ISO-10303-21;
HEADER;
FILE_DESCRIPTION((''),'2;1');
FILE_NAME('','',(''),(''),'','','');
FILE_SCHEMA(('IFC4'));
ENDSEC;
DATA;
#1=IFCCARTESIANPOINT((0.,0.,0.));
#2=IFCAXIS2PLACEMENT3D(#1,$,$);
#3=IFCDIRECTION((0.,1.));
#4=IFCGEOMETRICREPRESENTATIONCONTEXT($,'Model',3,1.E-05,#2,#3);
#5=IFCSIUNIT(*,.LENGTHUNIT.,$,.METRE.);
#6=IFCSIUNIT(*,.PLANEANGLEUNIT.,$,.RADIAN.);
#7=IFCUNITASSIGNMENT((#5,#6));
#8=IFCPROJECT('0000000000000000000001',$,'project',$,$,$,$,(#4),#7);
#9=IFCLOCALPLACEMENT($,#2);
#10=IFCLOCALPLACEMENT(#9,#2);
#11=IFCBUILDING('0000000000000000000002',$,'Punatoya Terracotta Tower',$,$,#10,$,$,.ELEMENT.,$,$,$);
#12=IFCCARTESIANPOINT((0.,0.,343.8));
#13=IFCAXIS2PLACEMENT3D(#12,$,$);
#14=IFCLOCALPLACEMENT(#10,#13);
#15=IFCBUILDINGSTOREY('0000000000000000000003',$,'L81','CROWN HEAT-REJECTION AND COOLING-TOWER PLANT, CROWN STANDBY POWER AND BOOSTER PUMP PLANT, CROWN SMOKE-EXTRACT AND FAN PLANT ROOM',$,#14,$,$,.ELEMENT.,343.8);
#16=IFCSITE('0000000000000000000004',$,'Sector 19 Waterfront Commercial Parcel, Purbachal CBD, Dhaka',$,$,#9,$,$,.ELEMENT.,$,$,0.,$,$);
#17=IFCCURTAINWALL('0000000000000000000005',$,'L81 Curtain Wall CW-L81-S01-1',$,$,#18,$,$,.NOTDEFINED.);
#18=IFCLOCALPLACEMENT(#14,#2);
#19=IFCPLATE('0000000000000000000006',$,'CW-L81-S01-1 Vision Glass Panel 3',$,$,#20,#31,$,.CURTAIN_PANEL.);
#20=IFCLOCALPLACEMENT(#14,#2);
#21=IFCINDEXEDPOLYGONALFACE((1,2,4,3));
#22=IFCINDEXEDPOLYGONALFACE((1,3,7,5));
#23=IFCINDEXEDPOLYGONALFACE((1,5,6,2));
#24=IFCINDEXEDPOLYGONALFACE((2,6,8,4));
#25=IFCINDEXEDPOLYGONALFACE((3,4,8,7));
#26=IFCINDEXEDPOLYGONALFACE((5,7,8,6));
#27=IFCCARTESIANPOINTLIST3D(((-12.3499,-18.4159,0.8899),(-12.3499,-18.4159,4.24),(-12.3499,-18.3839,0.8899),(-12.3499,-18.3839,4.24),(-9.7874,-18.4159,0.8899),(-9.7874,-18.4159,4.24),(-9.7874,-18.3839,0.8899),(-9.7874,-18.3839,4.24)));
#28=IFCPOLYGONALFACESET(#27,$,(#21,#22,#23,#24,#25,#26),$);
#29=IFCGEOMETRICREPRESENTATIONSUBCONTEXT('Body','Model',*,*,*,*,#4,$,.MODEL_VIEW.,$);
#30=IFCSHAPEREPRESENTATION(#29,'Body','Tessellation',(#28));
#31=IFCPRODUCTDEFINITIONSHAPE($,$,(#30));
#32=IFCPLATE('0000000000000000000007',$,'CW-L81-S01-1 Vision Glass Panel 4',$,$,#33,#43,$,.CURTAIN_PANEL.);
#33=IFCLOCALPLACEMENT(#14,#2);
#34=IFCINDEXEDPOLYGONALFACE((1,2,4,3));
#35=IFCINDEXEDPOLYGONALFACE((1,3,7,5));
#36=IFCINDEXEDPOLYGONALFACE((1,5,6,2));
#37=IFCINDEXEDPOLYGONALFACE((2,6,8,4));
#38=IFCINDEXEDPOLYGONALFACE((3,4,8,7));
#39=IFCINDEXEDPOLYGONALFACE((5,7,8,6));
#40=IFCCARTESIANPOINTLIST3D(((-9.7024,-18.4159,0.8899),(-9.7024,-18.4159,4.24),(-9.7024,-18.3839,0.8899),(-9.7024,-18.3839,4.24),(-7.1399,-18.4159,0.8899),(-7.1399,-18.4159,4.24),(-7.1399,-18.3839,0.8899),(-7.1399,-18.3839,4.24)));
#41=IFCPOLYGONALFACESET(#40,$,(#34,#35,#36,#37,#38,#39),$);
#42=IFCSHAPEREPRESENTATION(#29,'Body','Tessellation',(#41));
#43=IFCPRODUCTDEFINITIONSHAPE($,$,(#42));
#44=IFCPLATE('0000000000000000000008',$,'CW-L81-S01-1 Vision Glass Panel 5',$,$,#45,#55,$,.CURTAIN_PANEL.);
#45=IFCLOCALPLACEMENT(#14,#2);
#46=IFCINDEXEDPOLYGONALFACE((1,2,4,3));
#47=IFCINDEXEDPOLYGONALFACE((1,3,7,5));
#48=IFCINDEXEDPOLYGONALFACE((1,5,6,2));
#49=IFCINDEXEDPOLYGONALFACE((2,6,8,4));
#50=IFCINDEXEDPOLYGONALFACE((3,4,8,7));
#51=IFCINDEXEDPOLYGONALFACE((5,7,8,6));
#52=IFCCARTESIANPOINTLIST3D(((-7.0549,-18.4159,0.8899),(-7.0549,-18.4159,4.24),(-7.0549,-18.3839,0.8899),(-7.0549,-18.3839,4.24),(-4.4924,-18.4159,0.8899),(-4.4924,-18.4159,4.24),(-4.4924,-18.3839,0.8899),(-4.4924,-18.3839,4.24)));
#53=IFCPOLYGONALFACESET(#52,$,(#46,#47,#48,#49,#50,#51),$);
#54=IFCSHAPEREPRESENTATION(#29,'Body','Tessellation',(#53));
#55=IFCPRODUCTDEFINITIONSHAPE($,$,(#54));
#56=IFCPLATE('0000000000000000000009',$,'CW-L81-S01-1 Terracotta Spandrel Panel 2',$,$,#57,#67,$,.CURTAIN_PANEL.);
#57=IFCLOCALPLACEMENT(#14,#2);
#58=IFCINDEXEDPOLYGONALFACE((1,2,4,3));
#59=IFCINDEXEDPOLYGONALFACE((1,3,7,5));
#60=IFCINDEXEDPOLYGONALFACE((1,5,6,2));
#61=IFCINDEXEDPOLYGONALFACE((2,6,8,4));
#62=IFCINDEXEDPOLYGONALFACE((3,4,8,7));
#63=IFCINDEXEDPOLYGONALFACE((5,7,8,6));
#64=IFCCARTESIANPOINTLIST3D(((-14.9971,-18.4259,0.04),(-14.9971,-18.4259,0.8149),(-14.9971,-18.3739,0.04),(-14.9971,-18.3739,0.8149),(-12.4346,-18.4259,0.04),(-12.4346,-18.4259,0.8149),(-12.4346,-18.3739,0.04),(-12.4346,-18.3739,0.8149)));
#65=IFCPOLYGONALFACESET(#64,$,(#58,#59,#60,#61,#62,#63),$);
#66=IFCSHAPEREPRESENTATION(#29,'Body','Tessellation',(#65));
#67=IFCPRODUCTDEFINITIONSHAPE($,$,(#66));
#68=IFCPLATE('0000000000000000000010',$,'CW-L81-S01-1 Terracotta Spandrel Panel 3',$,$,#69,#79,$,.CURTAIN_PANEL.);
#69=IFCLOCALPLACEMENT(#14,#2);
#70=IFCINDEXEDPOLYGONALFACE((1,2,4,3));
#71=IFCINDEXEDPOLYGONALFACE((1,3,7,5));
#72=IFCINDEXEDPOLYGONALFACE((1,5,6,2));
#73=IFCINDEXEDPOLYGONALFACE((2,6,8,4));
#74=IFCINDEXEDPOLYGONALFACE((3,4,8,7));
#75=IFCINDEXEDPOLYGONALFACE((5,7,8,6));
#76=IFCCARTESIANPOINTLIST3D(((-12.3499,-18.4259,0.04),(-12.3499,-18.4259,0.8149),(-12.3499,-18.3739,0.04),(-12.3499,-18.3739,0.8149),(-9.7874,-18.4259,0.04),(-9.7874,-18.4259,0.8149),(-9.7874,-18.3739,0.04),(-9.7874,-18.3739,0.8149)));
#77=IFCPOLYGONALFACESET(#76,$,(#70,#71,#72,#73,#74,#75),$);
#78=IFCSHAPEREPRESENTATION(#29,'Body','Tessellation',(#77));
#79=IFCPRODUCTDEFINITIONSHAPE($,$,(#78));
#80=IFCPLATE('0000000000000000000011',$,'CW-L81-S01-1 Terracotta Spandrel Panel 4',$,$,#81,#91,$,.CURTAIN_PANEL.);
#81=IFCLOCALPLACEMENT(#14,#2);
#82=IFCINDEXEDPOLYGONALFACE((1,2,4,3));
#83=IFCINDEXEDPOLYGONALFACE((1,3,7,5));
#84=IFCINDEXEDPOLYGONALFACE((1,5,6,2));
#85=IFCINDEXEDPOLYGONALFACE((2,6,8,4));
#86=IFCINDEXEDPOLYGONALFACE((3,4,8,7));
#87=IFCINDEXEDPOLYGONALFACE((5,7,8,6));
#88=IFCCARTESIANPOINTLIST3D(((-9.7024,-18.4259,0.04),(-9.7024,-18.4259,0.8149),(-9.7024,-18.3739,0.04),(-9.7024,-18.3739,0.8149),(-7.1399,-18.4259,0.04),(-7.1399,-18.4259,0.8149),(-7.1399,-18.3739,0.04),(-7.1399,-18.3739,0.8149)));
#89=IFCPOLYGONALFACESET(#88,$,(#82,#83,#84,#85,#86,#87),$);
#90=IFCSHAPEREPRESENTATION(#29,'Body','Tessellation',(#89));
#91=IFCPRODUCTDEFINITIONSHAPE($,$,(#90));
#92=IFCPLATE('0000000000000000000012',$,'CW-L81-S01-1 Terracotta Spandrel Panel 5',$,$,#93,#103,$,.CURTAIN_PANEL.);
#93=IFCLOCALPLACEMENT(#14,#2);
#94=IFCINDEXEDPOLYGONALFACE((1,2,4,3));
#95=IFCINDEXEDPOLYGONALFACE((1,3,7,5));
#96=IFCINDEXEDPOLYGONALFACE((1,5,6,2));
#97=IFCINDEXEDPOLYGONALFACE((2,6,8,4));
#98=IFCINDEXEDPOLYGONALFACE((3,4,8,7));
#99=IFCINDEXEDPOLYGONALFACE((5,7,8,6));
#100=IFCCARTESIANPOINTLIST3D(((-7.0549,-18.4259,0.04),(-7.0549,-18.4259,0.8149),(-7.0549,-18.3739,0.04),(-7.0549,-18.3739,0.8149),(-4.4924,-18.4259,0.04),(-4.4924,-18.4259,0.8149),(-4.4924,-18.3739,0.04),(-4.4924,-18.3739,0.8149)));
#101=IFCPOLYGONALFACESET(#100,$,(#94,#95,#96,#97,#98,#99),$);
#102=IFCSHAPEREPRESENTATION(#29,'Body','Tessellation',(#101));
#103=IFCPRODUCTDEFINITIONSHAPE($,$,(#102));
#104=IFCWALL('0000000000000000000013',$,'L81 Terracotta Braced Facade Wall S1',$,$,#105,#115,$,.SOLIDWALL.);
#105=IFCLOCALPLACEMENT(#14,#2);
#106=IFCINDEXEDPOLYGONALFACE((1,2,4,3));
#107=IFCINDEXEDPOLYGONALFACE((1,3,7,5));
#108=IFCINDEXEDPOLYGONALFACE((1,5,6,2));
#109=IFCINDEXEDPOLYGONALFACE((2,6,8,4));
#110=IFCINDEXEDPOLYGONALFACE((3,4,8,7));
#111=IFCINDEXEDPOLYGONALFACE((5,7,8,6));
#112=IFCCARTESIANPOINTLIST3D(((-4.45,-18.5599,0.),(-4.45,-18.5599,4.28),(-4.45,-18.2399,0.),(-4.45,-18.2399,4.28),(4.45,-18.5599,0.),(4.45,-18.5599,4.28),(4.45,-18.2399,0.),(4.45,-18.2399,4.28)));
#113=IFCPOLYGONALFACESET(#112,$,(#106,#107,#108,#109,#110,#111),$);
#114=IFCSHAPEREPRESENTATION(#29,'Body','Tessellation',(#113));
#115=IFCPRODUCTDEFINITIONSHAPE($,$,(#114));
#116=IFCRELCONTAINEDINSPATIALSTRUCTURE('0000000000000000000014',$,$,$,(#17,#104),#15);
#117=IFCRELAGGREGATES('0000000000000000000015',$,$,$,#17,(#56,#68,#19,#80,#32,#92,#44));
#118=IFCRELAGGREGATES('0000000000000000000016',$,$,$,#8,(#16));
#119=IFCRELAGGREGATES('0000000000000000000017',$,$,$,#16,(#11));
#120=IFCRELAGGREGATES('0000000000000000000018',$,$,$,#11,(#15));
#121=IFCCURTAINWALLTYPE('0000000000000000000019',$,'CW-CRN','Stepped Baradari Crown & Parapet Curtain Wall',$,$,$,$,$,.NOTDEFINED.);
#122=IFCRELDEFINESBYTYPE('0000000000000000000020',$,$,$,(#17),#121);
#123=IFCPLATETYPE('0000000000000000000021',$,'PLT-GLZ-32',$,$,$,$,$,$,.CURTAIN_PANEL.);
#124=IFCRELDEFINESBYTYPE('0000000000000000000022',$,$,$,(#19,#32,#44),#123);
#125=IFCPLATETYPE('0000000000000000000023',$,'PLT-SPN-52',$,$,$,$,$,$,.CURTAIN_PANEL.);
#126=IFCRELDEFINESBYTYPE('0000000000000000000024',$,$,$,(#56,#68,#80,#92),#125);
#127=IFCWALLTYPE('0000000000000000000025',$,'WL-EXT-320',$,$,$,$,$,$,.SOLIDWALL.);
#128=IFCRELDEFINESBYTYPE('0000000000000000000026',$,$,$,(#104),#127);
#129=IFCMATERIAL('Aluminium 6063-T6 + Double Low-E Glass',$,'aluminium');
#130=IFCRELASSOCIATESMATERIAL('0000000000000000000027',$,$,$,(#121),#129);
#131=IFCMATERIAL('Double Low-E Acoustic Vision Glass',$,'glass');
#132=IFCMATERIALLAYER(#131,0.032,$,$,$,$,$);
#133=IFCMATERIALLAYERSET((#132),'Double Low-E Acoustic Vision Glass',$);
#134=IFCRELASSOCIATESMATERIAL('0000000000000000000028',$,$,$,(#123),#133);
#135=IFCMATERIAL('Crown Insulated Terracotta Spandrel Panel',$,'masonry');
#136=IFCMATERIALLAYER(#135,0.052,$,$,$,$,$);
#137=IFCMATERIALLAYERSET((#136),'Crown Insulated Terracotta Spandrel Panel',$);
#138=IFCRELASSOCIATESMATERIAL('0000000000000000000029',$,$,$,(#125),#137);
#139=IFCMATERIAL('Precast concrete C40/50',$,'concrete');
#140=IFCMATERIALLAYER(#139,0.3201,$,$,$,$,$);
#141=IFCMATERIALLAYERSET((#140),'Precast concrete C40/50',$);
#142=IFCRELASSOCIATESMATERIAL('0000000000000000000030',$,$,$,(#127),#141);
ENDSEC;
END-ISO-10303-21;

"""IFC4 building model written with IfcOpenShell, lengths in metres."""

from ifc_helpers import new_model, si_unit, direction, frame, frame_2d, origin, origin_2d, place, context, subcontext, project, spatial, rectangle, extrude, material, layer, layer_set, type_object, element, aggregate, save


model = new_model("IFC4")

# Units and contexts
model_context = context("Model", 3, precision=1e-05, world=origin(), true_north=direction((0.0, 1.0)))
body_context = subcontext(model_context, "Body", "Model", "MODEL_VIEW")
ifc_project = project(units=[si_unit("LENGTHUNIT", "METRE"), si_unit("PLANEANGLEUNIT", "RADIAN")], contexts=[model_context])

# Site, building, storey
site_placement = place(None, origin())
site = spatial("IfcSite", under=ifc_project, at=site_placement, Name="Sector 19 Waterfront Commercial Parcel, Purbachal CBD, Dhaka", CompositionType="ELEMENT", RefElevation=0.0)
building_placement = place(site_placement, origin())
building = spatial("IfcBuilding", under=site, at=building_placement, Name="Punatoya Terracotta Tower", CompositionType="ELEMENT")
storey_placement = place(building_placement, frame((0.0, 0.0, 343.8)))
storey = spatial("IfcBuildingStorey", under=building, at=storey_placement, Name="L81", Description="CROWN HEAT-REJECTION AND COOLING-TOWER PLANT, CROWN STANDBY POWER AND BOOSTER PUMP PLANT, CROWN SMOKE-EXTRACT AND FAN PLANT ROOM", CompositionType="ELEMENT", Elevation=343.8)

# Curtain wall
ifc_material_1 = material(Name="Aluminium 6063-T6 + Double Low-E Glass", Category="aluminium")
curtain_wall_type = type_object("IfcCurtainWallType", Name="CW-CRN", Description="Stepped Baradari Crown & Parapet Curtain Wall", PredefinedType="NOTDEFINED", material=ifc_material_1)
curtain_wall_placement = place(storey_placement, origin())
curtain_wall = element("IfcCurtainWall", 1, at=curtain_wall_placement, inside=storey, type_object=curtain_wall_type, Name="L81 Curtain Wall CW-L81-S01-1", PredefinedType="NOTDEFINED")

# Plates
ifc_material_2 = material(Name="Double Low-E Acoustic Vision Glass", Category="glass")
ifc_layer_1 = layer(ifc_material_2, 0.032)
ifc_layer_set_1 = layer_set([ifc_layer_1], Name="Double Low-E Acoustic Vision Glass")
plate_type_1 = type_object("IfcPlateType", Name="PLT-GLZ-32", PredefinedType="CURTAIN_PANEL", material=ifc_layer_set_1)
plate_1_placement = place(storey_placement, frame((-11.0686, -18.3999, 0.8899), z_axis=(0.0, 0.0, 1.0), x_axis=(1.0, 0.0, 0.0)))
plate_1 = element("IfcPlate", 2, at=plate_1_placement, type_object=plate_type_1, Name="CW-L81-S01-1 Vision Glass Panel 3", PredefinedType="CURTAIN_PANEL", context=body_context, shape_type="SweptSolid", body=[
    extrude(rectangle(XDim=2.5625, YDim=0.032, at=origin_2d()), origin(), (0.0, 0.0, 1.0), 3.3501),
])
plate_2_placement = place(storey_placement, frame((-8.4211, -18.3999, 0.8899), z_axis=(0.0, 0.0, 1.0), x_axis=(1.0, 0.0, 0.0)))
plate_2 = element("IfcPlate", 3, at=plate_2_placement, type_object=plate_type_1, Name="CW-L81-S01-1 Vision Glass Panel 4", PredefinedType="CURTAIN_PANEL", context=body_context, shape_type="SweptSolid", body=[
    extrude(rectangle(XDim=2.5625, YDim=0.032, at=origin_2d()), origin(), (0.0, 0.0, 1.0), 3.3501),
])
plate_3_placement = place(storey_placement, frame((-5.7737, -18.3999, 0.8899), z_axis=(0.0, 0.0, 1.0), x_axis=(1.0, 0.0, 0.0)))
plate_3 = element("IfcPlate", 4, at=plate_3_placement, type_object=plate_type_1, Name="CW-L81-S01-1 Vision Glass Panel 5", PredefinedType="CURTAIN_PANEL", context=body_context, shape_type="SweptSolid", body=[
    extrude(rectangle(XDim=2.5625, YDim=0.032, at=origin_2d()), origin(), (0.0, 0.0, 1.0), 3.3501),
])
ifc_material_3 = material(Name="Crown Insulated Terracotta Spandrel Panel", Category="masonry")
ifc_layer_2 = layer(ifc_material_3, 0.052)
ifc_layer_set_2 = layer_set([ifc_layer_2], Name="Crown Insulated Terracotta Spandrel Panel")
plate_type_2 = type_object("IfcPlateType", Name="PLT-SPN-52", PredefinedType="CURTAIN_PANEL", material=ifc_layer_set_2)
plate_4_placement = place(storey_placement, frame((-13.7158, -18.3999, 0.04), z_axis=(0.0, 0.0, 1.0), x_axis=(1.0, 0.0, 0.0)))
plate_4 = element("IfcPlate", 5, at=plate_4_placement, type_object=plate_type_2, Name="CW-L81-S01-1 Terracotta Spandrel Panel 2", PredefinedType="CURTAIN_PANEL", context=body_context, shape_type="SweptSolid", body=[
    extrude(rectangle(XDim=2.5625, YDim=0.052, at=origin_2d()), origin(), (0.0, 0.0, 1.0), 0.7749),
])
plate_5_placement = place(storey_placement, frame((-11.0686, -18.3999, 0.04), z_axis=(0.0, 0.0, 1.0), x_axis=(1.0, 0.0, 0.0)))
plate_5 = element("IfcPlate", 6, at=plate_5_placement, type_object=plate_type_2, Name="CW-L81-S01-1 Terracotta Spandrel Panel 3", PredefinedType="CURTAIN_PANEL", context=body_context, shape_type="SweptSolid", body=[
    extrude(rectangle(XDim=2.5625, YDim=0.052, at=origin_2d()), origin(), (0.0, 0.0, 1.0), 0.7749),
])
plate_6_placement = place(storey_placement, frame((-8.4211, -18.3999, 0.04), z_axis=(0.0, 0.0, 1.0), x_axis=(1.0, 0.0, 0.0)))
plate_6 = element("IfcPlate", 7, at=plate_6_placement, type_object=plate_type_2, Name="CW-L81-S01-1 Terracotta Spandrel Panel 4", PredefinedType="CURTAIN_PANEL", context=body_context, shape_type="SweptSolid", body=[
    extrude(rectangle(XDim=2.5625, YDim=0.052, at=origin_2d()), origin(), (0.0, 0.0, 1.0), 0.7749),
])
plate_7_placement = place(storey_placement, frame((-5.7737, -18.3999, 0.04), z_axis=(0.0, 0.0, 1.0), x_axis=(1.0, 0.0, 0.0)))
plate_7 = element("IfcPlate", 8, at=plate_7_placement, type_object=plate_type_2, Name="CW-L81-S01-1 Terracotta Spandrel Panel 5", PredefinedType="CURTAIN_PANEL", context=body_context, shape_type="SweptSolid", body=[
    extrude(rectangle(XDim=2.5625, YDim=0.052, at=origin_2d()), origin(), (0.0, 0.0, 1.0), 0.7749),
])
aggregate(curtain_wall, [plate_4, plate_5, plate_1, plate_6, plate_2, plate_7, plate_3])

# Wall
ifc_material_4 = material(Name="Precast concrete C40/50", Category="concrete")
ifc_layer_3 = layer(ifc_material_4, 0.3201)
ifc_layer_set_3 = layer_set([ifc_layer_3], Name="Precast concrete C40/50")
wall_type = type_object("IfcWallType", Name="WL-EXT-320", PredefinedType="SOLIDWALL", material=ifc_layer_set_3)
wall_placement = place(storey_placement, frame((-4.45, -18.3999, 0.0), z_axis=(0.0, 0.0, 1.0), x_axis=(1.0, 0.0, 0.0)))
element("IfcWall", 9, at=wall_placement, inside=storey, type_object=wall_type, Name="L81 Terracotta Braced Facade Wall S1", PredefinedType="SOLIDWALL", context=body_context, shape_type="SweptSolid", body=[
    extrude(rectangle(XDim=8.8999, YDim=0.3201, at=frame_2d((4.45, 0.0))), origin(), (0.0, 0.0, 1.0), 4.28),
])

save(model, "model.ifc")
